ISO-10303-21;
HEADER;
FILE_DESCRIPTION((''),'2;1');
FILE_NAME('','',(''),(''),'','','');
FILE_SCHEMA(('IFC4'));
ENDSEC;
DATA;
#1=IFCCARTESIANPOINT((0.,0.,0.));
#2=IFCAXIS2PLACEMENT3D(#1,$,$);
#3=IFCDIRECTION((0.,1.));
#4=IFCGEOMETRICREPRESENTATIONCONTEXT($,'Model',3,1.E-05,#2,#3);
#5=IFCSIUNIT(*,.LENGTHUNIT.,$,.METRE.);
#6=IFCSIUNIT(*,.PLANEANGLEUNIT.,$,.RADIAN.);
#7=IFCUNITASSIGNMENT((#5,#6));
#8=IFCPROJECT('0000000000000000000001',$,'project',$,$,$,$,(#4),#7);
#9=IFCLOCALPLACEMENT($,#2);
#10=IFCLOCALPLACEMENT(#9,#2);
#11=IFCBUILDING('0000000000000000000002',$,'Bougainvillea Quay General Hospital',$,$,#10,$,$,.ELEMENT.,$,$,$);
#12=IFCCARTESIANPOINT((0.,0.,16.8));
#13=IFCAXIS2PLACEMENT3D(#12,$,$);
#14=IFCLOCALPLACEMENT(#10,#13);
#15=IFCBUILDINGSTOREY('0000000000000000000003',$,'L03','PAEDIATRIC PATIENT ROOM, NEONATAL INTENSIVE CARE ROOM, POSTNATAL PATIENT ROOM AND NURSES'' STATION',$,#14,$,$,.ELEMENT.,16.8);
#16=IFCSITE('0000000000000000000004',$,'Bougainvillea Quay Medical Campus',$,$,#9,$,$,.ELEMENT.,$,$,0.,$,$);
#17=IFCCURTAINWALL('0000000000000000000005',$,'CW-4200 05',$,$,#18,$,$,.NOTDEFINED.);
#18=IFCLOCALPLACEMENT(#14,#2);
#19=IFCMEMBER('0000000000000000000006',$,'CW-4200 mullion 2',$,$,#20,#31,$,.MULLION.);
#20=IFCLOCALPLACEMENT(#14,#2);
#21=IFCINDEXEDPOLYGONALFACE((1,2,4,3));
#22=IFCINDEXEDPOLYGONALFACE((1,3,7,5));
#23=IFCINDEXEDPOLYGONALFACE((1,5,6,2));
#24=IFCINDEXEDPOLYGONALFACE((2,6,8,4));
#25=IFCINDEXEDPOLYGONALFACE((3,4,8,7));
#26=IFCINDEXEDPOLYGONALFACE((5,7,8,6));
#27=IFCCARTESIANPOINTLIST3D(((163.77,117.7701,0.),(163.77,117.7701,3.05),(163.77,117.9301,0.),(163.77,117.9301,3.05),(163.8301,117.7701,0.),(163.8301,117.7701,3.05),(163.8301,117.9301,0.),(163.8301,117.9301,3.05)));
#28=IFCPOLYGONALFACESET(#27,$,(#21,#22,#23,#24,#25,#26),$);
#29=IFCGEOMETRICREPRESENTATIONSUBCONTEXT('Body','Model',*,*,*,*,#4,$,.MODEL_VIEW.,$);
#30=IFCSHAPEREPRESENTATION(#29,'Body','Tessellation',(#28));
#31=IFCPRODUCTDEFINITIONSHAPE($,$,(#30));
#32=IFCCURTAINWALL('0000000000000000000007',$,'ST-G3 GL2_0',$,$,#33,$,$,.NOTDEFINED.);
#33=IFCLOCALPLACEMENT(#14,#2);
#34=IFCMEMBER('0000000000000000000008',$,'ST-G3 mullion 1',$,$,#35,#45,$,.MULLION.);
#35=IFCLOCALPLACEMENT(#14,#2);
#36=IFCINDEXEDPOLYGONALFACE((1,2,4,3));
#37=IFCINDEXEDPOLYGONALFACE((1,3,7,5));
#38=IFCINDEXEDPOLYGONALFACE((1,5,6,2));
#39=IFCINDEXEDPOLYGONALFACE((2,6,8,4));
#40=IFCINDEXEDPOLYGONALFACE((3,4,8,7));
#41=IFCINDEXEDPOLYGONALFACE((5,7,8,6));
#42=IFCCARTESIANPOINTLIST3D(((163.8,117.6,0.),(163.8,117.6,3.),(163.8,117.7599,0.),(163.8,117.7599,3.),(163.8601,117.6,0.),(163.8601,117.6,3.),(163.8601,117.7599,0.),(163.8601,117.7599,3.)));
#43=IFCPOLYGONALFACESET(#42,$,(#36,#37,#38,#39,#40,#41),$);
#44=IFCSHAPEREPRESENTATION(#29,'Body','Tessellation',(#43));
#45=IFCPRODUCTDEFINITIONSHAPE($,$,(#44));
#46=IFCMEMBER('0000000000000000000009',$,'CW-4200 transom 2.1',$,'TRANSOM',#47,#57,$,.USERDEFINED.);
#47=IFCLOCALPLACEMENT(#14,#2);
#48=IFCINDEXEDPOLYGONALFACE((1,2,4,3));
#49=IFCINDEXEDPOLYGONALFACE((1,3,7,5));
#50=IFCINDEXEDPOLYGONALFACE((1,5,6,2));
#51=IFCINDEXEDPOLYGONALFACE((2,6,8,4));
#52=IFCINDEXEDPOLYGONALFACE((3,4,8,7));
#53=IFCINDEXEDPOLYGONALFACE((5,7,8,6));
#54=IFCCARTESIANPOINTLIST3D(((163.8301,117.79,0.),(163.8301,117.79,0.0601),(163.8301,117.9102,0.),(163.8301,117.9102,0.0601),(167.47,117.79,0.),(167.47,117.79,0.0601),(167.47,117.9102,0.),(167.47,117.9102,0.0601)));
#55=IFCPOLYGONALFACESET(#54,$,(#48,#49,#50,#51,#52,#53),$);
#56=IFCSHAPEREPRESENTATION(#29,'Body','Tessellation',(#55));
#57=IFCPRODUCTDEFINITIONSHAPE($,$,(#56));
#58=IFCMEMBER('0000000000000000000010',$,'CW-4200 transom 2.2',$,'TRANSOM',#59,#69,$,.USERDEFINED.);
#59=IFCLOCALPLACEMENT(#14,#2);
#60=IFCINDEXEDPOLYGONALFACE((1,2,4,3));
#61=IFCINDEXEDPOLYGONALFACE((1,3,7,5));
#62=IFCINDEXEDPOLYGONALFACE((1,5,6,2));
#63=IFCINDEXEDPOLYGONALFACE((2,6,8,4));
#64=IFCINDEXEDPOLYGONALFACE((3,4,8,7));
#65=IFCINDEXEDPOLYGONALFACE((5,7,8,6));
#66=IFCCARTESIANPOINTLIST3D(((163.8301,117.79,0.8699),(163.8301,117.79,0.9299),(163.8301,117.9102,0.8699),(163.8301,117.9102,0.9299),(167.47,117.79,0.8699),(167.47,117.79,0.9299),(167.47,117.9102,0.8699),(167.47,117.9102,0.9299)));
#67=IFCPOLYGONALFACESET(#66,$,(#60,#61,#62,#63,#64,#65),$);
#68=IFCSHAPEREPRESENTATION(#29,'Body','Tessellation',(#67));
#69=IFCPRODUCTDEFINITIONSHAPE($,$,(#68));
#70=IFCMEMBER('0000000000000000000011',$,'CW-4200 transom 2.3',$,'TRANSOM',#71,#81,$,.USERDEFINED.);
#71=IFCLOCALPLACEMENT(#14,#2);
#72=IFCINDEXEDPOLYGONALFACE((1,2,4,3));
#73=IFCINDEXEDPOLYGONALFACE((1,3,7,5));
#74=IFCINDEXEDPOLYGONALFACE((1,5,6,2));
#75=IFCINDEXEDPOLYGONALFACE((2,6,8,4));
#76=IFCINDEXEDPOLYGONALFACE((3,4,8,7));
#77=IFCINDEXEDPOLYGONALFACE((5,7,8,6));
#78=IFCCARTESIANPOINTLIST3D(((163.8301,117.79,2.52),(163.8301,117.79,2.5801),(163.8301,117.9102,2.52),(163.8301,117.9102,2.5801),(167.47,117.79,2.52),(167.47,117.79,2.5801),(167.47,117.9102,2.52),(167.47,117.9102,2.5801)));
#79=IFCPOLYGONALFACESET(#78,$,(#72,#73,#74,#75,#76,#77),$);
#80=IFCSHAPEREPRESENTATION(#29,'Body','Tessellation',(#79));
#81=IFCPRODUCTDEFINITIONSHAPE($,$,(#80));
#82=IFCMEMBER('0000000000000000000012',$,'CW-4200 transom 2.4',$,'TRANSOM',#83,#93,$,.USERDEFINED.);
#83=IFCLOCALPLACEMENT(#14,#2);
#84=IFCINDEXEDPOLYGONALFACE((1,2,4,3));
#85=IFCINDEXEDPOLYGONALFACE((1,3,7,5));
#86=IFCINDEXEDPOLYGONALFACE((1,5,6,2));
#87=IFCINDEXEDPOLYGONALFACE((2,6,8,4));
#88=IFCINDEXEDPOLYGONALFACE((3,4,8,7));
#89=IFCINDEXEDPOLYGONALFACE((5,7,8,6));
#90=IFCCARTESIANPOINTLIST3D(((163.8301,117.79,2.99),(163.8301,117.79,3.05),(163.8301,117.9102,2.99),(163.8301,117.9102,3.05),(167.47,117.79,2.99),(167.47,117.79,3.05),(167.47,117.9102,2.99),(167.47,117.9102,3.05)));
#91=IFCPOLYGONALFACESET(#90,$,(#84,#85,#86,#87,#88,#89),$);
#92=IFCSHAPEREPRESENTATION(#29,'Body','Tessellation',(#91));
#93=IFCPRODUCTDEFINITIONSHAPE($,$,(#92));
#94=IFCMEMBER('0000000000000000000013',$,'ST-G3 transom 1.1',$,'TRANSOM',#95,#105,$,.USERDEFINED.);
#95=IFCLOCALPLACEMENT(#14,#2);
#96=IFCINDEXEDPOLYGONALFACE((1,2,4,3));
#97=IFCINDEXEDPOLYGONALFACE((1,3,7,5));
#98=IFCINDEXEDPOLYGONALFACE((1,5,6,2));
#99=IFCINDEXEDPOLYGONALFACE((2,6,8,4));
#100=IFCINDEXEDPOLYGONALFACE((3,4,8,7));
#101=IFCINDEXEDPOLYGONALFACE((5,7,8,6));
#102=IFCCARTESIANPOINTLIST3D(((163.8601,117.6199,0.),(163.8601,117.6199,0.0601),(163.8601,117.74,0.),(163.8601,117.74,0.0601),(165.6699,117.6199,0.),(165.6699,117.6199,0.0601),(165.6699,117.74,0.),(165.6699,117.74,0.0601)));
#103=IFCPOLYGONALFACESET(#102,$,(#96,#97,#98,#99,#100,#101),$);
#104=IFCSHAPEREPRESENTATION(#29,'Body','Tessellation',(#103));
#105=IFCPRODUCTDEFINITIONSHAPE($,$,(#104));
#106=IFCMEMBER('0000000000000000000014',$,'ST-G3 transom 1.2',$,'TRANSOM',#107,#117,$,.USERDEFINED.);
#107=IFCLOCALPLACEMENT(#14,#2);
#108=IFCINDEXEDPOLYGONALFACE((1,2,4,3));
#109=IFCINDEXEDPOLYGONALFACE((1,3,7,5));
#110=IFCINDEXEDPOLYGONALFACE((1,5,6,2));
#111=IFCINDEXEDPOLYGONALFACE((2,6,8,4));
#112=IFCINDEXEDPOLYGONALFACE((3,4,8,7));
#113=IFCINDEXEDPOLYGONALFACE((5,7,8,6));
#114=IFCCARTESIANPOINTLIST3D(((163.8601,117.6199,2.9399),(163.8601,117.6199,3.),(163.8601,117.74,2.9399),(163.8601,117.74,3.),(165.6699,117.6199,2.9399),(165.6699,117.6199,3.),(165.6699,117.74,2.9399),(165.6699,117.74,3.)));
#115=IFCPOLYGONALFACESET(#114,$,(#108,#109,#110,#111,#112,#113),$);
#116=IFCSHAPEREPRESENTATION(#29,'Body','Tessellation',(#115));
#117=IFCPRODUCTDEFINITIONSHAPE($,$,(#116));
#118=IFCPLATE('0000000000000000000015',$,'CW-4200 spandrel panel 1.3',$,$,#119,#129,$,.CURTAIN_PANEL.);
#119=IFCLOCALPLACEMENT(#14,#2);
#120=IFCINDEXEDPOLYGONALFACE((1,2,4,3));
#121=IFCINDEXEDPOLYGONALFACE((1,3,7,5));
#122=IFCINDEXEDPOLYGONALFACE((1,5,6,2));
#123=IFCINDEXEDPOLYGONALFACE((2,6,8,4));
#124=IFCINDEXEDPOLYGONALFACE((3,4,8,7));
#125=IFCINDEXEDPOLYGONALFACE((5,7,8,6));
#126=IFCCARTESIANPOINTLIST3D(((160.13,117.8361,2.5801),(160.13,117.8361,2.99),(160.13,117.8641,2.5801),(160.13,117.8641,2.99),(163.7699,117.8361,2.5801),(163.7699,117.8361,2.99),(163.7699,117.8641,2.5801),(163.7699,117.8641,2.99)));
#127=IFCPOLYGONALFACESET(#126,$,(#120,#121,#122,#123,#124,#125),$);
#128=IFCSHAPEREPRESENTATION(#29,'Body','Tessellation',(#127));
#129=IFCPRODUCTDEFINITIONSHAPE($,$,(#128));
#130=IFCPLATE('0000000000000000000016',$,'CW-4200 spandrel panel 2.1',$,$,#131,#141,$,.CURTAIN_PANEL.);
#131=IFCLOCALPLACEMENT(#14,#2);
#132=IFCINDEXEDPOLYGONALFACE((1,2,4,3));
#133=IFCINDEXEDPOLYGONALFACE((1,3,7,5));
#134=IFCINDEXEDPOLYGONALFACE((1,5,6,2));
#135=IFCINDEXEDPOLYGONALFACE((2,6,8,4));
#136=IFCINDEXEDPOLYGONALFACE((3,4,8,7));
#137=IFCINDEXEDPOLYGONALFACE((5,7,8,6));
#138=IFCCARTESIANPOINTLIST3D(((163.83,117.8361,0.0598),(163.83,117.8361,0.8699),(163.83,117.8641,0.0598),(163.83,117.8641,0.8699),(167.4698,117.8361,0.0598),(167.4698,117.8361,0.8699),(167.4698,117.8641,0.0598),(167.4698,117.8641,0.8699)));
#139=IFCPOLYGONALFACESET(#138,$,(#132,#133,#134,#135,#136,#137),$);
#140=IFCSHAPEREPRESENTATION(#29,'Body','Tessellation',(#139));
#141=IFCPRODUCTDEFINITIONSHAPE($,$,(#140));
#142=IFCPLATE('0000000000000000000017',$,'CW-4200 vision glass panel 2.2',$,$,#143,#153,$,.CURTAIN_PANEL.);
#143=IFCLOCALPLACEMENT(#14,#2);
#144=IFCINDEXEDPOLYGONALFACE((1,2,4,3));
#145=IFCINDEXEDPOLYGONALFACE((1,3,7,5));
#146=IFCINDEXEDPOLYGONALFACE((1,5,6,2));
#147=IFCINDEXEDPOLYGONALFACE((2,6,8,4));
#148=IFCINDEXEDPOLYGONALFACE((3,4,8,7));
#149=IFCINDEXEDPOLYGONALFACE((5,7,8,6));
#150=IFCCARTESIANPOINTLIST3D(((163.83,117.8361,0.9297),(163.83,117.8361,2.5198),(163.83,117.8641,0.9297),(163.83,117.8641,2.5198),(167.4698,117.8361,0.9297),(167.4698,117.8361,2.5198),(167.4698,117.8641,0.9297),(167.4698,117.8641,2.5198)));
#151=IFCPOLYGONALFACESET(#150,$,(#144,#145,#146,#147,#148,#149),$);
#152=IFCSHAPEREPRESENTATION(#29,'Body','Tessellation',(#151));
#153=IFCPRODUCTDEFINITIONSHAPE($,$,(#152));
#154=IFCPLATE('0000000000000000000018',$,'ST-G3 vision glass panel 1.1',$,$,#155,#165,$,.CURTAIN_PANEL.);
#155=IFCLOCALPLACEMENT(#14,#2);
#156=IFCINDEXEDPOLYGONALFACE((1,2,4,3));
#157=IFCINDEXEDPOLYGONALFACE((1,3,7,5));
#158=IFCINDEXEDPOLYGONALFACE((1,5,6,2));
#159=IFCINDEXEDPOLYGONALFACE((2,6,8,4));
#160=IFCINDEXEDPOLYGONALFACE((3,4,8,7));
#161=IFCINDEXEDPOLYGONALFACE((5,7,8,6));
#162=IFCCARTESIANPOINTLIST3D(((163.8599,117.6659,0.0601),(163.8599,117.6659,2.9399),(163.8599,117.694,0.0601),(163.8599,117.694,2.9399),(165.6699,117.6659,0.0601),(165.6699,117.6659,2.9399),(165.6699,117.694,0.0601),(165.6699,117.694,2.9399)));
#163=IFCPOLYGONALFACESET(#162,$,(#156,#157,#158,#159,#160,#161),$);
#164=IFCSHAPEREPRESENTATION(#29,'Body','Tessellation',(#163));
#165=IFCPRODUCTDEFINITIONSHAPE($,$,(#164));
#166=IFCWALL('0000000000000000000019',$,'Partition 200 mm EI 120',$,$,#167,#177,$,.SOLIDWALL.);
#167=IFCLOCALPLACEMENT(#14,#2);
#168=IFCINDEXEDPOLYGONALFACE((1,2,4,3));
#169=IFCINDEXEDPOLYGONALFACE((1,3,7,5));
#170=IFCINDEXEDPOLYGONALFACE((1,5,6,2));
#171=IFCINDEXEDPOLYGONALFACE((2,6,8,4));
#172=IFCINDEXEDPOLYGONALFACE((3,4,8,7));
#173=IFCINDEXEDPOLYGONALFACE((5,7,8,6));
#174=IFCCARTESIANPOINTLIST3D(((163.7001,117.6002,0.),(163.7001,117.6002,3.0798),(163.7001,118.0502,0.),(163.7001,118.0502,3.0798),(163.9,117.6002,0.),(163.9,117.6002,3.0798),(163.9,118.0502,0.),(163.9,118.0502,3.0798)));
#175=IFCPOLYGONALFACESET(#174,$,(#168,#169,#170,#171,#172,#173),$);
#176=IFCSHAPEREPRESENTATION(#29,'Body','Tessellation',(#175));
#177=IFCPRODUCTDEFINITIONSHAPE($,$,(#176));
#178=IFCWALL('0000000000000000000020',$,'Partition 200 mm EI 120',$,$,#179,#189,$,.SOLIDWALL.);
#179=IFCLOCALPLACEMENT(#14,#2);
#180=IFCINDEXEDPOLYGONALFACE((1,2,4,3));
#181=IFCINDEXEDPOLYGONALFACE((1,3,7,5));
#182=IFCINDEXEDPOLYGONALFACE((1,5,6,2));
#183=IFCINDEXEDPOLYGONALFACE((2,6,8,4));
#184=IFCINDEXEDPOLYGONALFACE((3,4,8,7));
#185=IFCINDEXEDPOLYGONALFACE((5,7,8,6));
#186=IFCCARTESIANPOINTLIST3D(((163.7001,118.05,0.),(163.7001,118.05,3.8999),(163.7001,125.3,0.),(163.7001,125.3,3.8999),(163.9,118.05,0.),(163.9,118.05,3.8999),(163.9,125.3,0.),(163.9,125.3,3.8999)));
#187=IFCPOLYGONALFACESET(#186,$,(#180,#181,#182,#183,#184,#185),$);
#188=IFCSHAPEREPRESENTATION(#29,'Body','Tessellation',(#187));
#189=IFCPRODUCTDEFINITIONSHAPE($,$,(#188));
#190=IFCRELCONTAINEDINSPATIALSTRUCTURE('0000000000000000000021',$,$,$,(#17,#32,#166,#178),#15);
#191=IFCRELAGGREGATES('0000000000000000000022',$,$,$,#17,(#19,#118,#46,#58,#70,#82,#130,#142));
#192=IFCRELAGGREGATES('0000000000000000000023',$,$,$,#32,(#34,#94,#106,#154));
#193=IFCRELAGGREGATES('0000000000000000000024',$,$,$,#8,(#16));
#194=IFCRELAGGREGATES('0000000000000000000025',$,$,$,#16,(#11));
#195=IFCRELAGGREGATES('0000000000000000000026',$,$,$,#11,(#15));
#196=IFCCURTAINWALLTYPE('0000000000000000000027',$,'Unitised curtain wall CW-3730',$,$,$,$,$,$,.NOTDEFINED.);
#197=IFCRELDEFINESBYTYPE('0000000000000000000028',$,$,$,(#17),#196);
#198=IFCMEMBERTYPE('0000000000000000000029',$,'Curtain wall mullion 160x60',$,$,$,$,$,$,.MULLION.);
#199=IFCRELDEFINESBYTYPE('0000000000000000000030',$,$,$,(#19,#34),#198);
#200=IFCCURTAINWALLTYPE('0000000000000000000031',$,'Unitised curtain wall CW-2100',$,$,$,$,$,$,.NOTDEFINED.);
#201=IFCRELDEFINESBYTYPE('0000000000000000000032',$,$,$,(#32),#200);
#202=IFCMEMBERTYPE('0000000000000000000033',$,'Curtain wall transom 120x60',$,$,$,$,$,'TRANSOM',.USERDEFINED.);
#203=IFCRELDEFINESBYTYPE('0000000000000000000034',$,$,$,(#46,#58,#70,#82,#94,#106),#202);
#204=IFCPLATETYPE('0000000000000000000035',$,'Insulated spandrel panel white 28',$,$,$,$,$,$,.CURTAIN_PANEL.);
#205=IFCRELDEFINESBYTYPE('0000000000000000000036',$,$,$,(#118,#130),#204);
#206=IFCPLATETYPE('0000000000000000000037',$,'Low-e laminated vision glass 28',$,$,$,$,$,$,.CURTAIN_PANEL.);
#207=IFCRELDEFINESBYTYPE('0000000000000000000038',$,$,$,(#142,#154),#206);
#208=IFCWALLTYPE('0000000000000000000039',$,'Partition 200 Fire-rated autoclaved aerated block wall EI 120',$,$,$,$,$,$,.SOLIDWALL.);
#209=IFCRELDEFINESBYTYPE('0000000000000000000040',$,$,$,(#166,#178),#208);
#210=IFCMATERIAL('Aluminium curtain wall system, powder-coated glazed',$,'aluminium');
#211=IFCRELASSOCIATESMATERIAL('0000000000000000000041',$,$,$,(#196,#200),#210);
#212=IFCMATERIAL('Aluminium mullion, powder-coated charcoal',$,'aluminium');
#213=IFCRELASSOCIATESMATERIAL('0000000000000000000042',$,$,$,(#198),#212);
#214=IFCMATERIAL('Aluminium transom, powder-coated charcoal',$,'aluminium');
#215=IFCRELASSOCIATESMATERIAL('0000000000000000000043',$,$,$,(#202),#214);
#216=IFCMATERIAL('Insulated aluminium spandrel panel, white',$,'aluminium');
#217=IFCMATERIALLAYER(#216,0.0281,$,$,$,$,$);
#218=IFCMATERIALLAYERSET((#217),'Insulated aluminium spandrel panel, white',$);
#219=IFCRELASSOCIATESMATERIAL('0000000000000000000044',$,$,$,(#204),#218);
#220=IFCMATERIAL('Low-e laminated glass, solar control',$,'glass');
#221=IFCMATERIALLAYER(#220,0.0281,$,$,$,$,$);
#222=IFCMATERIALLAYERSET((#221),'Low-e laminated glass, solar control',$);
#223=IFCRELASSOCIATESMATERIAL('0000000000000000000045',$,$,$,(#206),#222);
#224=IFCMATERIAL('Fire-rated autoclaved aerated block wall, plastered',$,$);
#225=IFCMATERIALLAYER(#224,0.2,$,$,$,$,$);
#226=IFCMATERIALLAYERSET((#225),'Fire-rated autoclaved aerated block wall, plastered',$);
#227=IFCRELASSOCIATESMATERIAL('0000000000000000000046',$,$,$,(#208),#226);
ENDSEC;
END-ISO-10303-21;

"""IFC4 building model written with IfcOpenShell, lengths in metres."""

from ifc_helpers import new_model, si_unit, direction, frame, frame_2d, origin, origin_2d, place, context, subcontext, project, spatial, rectangle, extrude, material, layer, layer_set, material_profile, profile_set, type_object, element, aggregate, save


model = new_model("IFC4")

# Units and contexts
model_context = context("Model", 3, precision=1e-05, world=origin(), true_north=direction((0.0, 1.0)))
body_context = subcontext(model_context, "Body", "Model", "MODEL_VIEW")
ifc_project = project(units=[si_unit("LENGTHUNIT", "METRE"), si_unit("PLANEANGLEUNIT", "RADIAN")], contexts=[model_context])

# Site, building, storey
site_placement = place(None, origin())
site = spatial("IfcSite", under=ifc_project, at=site_placement, Name="Bougainvillea Quay Medical Campus", CompositionType="ELEMENT", RefElevation=0.0)
building_placement = place(site_placement, origin())
building = spatial("IfcBuilding", under=site, at=building_placement, Name="Bougainvillea Quay General Hospital", CompositionType="ELEMENT")
storey_placement = place(building_placement, frame((0.0, 0.0, 16.8)))
storey = spatial("IfcBuildingStorey", under=building, at=storey_placement, Name="L03", Description="PAEDIATRIC PATIENT ROOM, NEONATAL INTENSIVE CARE ROOM, POSTNATAL PATIENT ROOM AND NURSES' STATION", CompositionType="ELEMENT", Elevation=16.8)

# Curtain walls, members
ifc_material_1 = material(Name="Aluminium curtain wall system, powder-coated glazed", Category="aluminium")
curtain_wall_type_1 = type_object("IfcCurtainWallType", Name="Unitised curtain wall CW-3730", PredefinedType="NOTDEFINED", material=ifc_material_1)
curtain_wall_1_placement = place(storey_placement, origin())
curtain_wall_1 = element("IfcCurtainWall", 1, at=curtain_wall_1_placement, inside=storey, type_object=curtain_wall_type_1, Name="CW-4200 05", PredefinedType="NOTDEFINED")
ifc_material_2 = material(Name="Aluminium mullion, powder-coated charcoal", Category="aluminium")
ifc_material_profile_1 = material_profile(ifc_material_2, rectangle(XDim=0.1599, YDim=0.0601, at=origin_2d()))
ifc_profile_set_1 = profile_set([ifc_material_profile_1], Name="Aluminium mullion, powder-coated charcoal")
member_type_1 = type_object("IfcMemberType", Name="Curtain wall mullion 160x60", PredefinedType="MULLION", material=ifc_profile_set_1)
member_1_placement = place(storey_placement, frame((163.8, 117.8501, 0.0), z_axis=(0.0, 0.0, 1.0), x_axis=(0.0, 1.0, 0.0)))
member_1 = element("IfcMember", 2, at=member_1_placement, type_object=member_type_1, Name="CW-4200 mullion 2", PredefinedType="MULLION", context=body_context, shape_type="SweptSolid", body=[
    extrude(rectangle(XDim=0.1599, YDim=0.0601, at=origin_2d()), origin(), (0.0, 0.0, 1.0), 3.05),
])
curtain_wall_type_2 = type_object("IfcCurtainWallType", Name="Unitised curtain wall CW-2100", PredefinedType="NOTDEFINED", material=ifc_material_1)
curtain_wall_2_placement = place(storey_placement, origin())
curtain_wall_2 = element("IfcCurtainWall", 3, at=curtain_wall_2_placement, inside=storey, type_object=curtain_wall_type_2, Name="ST-G3 GL2_0", PredefinedType="NOTDEFINED")
member_2_placement = place(storey_placement, frame((163.8301, 117.6799, 0.0), z_axis=(0.0, 0.0, 1.0), x_axis=(0.0, 1.0, 0.0)))
member_2 = element("IfcMember", 4, at=member_2_placement, type_object=member_type_1, Name="ST-G3 mullion 1", PredefinedType="MULLION", context=body_context, shape_type="SweptSolid", body=[
    extrude(rectangle(XDim=0.1599, YDim=0.0601, at=origin_2d()), origin(), (0.0, 0.0, 1.0), 3.0),
])

# Members
ifc_material_3 = material(Name="Aluminium transom, powder-coated charcoal", Category="aluminium")
ifc_material_profile_2 = material_profile(ifc_material_3, rectangle(XDim=0.1201, YDim=0.0601, at=origin_2d()))
ifc_profile_set_2 = profile_set([ifc_material_profile_2], Name="Aluminium transom, powder-coated charcoal")
member_type_2 = type_object("IfcMemberType", Name="Curtain wall transom 120x60", ElementType="TRANSOM", PredefinedType="USERDEFINED", material=ifc_profile_set_2)
member_3_placement = place(storey_placement, frame((163.8301, 117.8501, 0.03), z_axis=(1.0, 0.0, 0.0), x_axis=(0.0, 1.0, 0.0)))
member_3 = element("IfcMember", 5, at=member_3_placement, type_object=member_type_2, Name="CW-4200 transom 2.1", ObjectType="TRANSOM", PredefinedType="USERDEFINED", context=body_context, shape_type="SweptSolid", body=[
    extrude(rectangle(XDim=0.1201, YDim=0.0601, at=origin_2d()), origin(), (0.0, 0.0, 1.0), 3.6399),
])
member_4_placement = place(storey_placement, frame((163.8301, 117.8501, 0.8999), z_axis=(1.0, 0.0, 0.0), x_axis=(0.0, 1.0, 0.0)))
member_4 = element("IfcMember", 6, at=member_4_placement, type_object=member_type_2, Name="CW-4200 transom 2.2", ObjectType="TRANSOM", PredefinedType="USERDEFINED", context=body_context, shape_type="SweptSolid", body=[
    extrude(rectangle(XDim=0.1201, YDim=0.0601, at=origin_2d()), origin(), (0.0, 0.0, 1.0), 3.6399),
])
member_5_placement = place(storey_placement, frame((163.8301, 117.8501, 2.55), z_axis=(1.0, 0.0, 0.0), x_axis=(0.0, 1.0, 0.0)))
member_5 = element("IfcMember", 7, at=member_5_placement, type_object=member_type_2, Name="CW-4200 transom 2.3", ObjectType="TRANSOM", PredefinedType="USERDEFINED", context=body_context, shape_type="SweptSolid", body=[
    extrude(rectangle(XDim=0.1201, YDim=0.0601, at=origin_2d()), origin(), (0.0, 0.0, 1.0), 3.6399),
])
member_6_placement = place(storey_placement, frame((163.8301, 117.8501, 3.02), z_axis=(1.0, 0.0, 0.0), x_axis=(0.0, 1.0, 0.0)))
member_6 = element("IfcMember", 8, at=member_6_placement, type_object=member_type_2, Name="CW-4200 transom 2.4", ObjectType="TRANSOM", PredefinedType="USERDEFINED", context=body_context, shape_type="SweptSolid", body=[
    extrude(rectangle(XDim=0.1201, YDim=0.0601, at=origin_2d()), origin(), (0.0, 0.0, 1.0), 3.6399),
])
member_7_placement = place(storey_placement, frame((163.8601, 117.6799, 0.03), z_axis=(1.0, 0.0, 0.0), x_axis=(0.0, 1.0, 0.0)))
member_7 = element("IfcMember", 9, at=member_7_placement, type_object=member_type_2, Name="ST-G3 transom 1.1", ObjectType="TRANSOM", PredefinedType="USERDEFINED", context=body_context, shape_type="SweptSolid", body=[
    extrude(rectangle(XDim=0.1201, YDim=0.0601, at=origin_2d()), origin(), (0.0, 0.0, 1.0), 1.8098),
])
member_8_placement = place(storey_placement, frame((163.8601, 117.6799, 2.97), z_axis=(1.0, 0.0, 0.0), x_axis=(0.0, 1.0, 0.0)))
member_8 = element("IfcMember", 10, at=member_8_placement, type_object=member_type_2, Name="ST-G3 transom 1.2", ObjectType="TRANSOM", PredefinedType="USERDEFINED", context=body_context, shape_type="SweptSolid", body=[
    extrude(rectangle(XDim=0.1201, YDim=0.0601, at=origin_2d()), origin(), (0.0, 0.0, 1.0), 1.8098),
])

# Plates
ifc_material_4 = material(Name="Insulated aluminium spandrel panel, white", Category="aluminium")
ifc_layer_1 = layer(ifc_material_4, 0.0281)
ifc_layer_set_1 = layer_set([ifc_layer_1], Name="Insulated aluminium spandrel panel, white")
plate_type_1 = type_object("IfcPlateType", Name="Insulated spandrel panel white 28", PredefinedType="CURTAIN_PANEL", material=ifc_layer_set_1)
plate_1_placement = place(storey_placement, frame((161.95, 117.8501, 2.5801), z_axis=(0.0, 0.0, 1.0), x_axis=(1.0, 0.0, 0.0)))
plate_1 = element("IfcPlate", 11, at=plate_1_placement, type_object=plate_type_1, Name="CW-4200 spandrel panel 1.3", PredefinedType="CURTAIN_PANEL", context=body_context, shape_type="SweptSolid", body=[
    extrude(rectangle(XDim=3.6399, YDim=0.0281, at=origin_2d()), origin(), (0.0, 0.0, 1.0), 0.4099),
])
plate_2_placement = place(storey_placement, frame((165.6499, 117.8501, 0.0598), z_axis=(0.0, 0.0, 1.0), x_axis=(1.0, 0.0, 0.0)))
plate_2 = element("IfcPlate", 12, at=plate_2_placement, type_object=plate_type_1, Name="CW-4200 spandrel panel 2.1", PredefinedType="CURTAIN_PANEL", context=body_context, shape_type="SweptSolid", body=[
    extrude(rectangle(XDim=3.6399, YDim=0.0281, at=origin_2d()), origin(), (0.0, 0.0, 1.0), 0.8101),
])
ifc_material_5 = material(Name="Low-e laminated glass, solar control", Category="glass")
ifc_layer_2 = layer(ifc_material_5, 0.0281)
ifc_layer_set_2 = layer_set([ifc_layer_2], Name="Low-e laminated glass, solar control")
plate_type_2 = type_object("IfcPlateType", Name="Low-e laminated vision glass 28", PredefinedType="CURTAIN_PANEL", material=ifc_layer_set_2)
plate_3_placement = place(storey_placement, frame((165.6499, 117.8501, 0.9297), z_axis=(0.0, 0.0, 1.0), x_axis=(1.0, 0.0, 0.0)))
plate_3 = element("IfcPlate", 13, at=plate_3_placement, type_object=plate_type_2, Name="CW-4200 vision glass panel 2.2", PredefinedType="CURTAIN_PANEL", context=body_context, shape_type="SweptSolid", body=[
    extrude(rectangle(XDim=3.6399, YDim=0.0281, at=origin_2d()), origin(), (0.0, 0.0, 1.0), 1.5901),
])
aggregate(curtain_wall_1, [member_1, plate_1, member_3, member_4, member_5, member_6, plate_2, plate_3])
plate_4_placement = place(storey_placement, frame((164.7649, 117.6799, 0.0601), z_axis=(0.0, 0.0, 1.0), x_axis=(1.0, 0.0, 0.0)))
plate_4 = element("IfcPlate", 14, at=plate_4_placement, type_object=plate_type_2, Name="ST-G3 vision glass panel 1.1", PredefinedType="CURTAIN_PANEL", context=body_context, shape_type="SweptSolid", body=[
    extrude(rectangle(XDim=1.8101, YDim=0.0281, at=origin_2d()), origin(), (0.0, 0.0, 1.0), 2.8799),
])
aggregate(curtain_wall_2, [member_2, member_7, member_8, plate_4])

# Walls
ifc_material_6 = material(Name="Fire-rated autoclaved aerated block wall, plastered")
ifc_layer_3 = layer(ifc_material_6, 0.2)
ifc_layer_set_3 = layer_set([ifc_layer_3], Name="Fire-rated autoclaved aerated block wall, plastered")
wall_type = type_object("IfcWallType", Name="Partition 200 Fire-rated autoclaved aerated block wall EI 120", PredefinedType="SOLIDWALL", material=ifc_layer_set_3)
wall_1_placement = place(storey_placement, frame((163.8, 117.6001, 0.0), z_axis=(0.0, 0.0, 1.0), x_axis=(0.0, 1.0, 0.0)))
element("IfcWall", 15, at=wall_1_placement, inside=storey, type_object=wall_type, Name="Partition 200 mm EI 120", PredefinedType="SOLIDWALL", context=body_context, shape_type="SweptSolid", body=[
    extrude(rectangle(XDim=0.45, YDim=0.2, at=frame_2d((0.2251, 0.0))), origin(), (0.0, 0.0, 1.0), 3.0798),
])
wall_2_placement = place(storey_placement, frame((163.8, 118.05, 0.0), z_axis=(0.0, 0.0, 1.0), x_axis=(0.0, 1.0, 0.0)))
element("IfcWall", 16, at=wall_2_placement, inside=storey, type_object=wall_type, Name="Partition 200 mm EI 120", PredefinedType="SOLIDWALL", context=body_context, shape_type="SweptSolid", body=[
    extrude(rectangle(XDim=7.25, YDim=0.2, at=frame_2d((3.625, 0.0))), origin(), (0.0, 0.0, 1.0), 3.8999),
])

save(model, "model.ifc")
